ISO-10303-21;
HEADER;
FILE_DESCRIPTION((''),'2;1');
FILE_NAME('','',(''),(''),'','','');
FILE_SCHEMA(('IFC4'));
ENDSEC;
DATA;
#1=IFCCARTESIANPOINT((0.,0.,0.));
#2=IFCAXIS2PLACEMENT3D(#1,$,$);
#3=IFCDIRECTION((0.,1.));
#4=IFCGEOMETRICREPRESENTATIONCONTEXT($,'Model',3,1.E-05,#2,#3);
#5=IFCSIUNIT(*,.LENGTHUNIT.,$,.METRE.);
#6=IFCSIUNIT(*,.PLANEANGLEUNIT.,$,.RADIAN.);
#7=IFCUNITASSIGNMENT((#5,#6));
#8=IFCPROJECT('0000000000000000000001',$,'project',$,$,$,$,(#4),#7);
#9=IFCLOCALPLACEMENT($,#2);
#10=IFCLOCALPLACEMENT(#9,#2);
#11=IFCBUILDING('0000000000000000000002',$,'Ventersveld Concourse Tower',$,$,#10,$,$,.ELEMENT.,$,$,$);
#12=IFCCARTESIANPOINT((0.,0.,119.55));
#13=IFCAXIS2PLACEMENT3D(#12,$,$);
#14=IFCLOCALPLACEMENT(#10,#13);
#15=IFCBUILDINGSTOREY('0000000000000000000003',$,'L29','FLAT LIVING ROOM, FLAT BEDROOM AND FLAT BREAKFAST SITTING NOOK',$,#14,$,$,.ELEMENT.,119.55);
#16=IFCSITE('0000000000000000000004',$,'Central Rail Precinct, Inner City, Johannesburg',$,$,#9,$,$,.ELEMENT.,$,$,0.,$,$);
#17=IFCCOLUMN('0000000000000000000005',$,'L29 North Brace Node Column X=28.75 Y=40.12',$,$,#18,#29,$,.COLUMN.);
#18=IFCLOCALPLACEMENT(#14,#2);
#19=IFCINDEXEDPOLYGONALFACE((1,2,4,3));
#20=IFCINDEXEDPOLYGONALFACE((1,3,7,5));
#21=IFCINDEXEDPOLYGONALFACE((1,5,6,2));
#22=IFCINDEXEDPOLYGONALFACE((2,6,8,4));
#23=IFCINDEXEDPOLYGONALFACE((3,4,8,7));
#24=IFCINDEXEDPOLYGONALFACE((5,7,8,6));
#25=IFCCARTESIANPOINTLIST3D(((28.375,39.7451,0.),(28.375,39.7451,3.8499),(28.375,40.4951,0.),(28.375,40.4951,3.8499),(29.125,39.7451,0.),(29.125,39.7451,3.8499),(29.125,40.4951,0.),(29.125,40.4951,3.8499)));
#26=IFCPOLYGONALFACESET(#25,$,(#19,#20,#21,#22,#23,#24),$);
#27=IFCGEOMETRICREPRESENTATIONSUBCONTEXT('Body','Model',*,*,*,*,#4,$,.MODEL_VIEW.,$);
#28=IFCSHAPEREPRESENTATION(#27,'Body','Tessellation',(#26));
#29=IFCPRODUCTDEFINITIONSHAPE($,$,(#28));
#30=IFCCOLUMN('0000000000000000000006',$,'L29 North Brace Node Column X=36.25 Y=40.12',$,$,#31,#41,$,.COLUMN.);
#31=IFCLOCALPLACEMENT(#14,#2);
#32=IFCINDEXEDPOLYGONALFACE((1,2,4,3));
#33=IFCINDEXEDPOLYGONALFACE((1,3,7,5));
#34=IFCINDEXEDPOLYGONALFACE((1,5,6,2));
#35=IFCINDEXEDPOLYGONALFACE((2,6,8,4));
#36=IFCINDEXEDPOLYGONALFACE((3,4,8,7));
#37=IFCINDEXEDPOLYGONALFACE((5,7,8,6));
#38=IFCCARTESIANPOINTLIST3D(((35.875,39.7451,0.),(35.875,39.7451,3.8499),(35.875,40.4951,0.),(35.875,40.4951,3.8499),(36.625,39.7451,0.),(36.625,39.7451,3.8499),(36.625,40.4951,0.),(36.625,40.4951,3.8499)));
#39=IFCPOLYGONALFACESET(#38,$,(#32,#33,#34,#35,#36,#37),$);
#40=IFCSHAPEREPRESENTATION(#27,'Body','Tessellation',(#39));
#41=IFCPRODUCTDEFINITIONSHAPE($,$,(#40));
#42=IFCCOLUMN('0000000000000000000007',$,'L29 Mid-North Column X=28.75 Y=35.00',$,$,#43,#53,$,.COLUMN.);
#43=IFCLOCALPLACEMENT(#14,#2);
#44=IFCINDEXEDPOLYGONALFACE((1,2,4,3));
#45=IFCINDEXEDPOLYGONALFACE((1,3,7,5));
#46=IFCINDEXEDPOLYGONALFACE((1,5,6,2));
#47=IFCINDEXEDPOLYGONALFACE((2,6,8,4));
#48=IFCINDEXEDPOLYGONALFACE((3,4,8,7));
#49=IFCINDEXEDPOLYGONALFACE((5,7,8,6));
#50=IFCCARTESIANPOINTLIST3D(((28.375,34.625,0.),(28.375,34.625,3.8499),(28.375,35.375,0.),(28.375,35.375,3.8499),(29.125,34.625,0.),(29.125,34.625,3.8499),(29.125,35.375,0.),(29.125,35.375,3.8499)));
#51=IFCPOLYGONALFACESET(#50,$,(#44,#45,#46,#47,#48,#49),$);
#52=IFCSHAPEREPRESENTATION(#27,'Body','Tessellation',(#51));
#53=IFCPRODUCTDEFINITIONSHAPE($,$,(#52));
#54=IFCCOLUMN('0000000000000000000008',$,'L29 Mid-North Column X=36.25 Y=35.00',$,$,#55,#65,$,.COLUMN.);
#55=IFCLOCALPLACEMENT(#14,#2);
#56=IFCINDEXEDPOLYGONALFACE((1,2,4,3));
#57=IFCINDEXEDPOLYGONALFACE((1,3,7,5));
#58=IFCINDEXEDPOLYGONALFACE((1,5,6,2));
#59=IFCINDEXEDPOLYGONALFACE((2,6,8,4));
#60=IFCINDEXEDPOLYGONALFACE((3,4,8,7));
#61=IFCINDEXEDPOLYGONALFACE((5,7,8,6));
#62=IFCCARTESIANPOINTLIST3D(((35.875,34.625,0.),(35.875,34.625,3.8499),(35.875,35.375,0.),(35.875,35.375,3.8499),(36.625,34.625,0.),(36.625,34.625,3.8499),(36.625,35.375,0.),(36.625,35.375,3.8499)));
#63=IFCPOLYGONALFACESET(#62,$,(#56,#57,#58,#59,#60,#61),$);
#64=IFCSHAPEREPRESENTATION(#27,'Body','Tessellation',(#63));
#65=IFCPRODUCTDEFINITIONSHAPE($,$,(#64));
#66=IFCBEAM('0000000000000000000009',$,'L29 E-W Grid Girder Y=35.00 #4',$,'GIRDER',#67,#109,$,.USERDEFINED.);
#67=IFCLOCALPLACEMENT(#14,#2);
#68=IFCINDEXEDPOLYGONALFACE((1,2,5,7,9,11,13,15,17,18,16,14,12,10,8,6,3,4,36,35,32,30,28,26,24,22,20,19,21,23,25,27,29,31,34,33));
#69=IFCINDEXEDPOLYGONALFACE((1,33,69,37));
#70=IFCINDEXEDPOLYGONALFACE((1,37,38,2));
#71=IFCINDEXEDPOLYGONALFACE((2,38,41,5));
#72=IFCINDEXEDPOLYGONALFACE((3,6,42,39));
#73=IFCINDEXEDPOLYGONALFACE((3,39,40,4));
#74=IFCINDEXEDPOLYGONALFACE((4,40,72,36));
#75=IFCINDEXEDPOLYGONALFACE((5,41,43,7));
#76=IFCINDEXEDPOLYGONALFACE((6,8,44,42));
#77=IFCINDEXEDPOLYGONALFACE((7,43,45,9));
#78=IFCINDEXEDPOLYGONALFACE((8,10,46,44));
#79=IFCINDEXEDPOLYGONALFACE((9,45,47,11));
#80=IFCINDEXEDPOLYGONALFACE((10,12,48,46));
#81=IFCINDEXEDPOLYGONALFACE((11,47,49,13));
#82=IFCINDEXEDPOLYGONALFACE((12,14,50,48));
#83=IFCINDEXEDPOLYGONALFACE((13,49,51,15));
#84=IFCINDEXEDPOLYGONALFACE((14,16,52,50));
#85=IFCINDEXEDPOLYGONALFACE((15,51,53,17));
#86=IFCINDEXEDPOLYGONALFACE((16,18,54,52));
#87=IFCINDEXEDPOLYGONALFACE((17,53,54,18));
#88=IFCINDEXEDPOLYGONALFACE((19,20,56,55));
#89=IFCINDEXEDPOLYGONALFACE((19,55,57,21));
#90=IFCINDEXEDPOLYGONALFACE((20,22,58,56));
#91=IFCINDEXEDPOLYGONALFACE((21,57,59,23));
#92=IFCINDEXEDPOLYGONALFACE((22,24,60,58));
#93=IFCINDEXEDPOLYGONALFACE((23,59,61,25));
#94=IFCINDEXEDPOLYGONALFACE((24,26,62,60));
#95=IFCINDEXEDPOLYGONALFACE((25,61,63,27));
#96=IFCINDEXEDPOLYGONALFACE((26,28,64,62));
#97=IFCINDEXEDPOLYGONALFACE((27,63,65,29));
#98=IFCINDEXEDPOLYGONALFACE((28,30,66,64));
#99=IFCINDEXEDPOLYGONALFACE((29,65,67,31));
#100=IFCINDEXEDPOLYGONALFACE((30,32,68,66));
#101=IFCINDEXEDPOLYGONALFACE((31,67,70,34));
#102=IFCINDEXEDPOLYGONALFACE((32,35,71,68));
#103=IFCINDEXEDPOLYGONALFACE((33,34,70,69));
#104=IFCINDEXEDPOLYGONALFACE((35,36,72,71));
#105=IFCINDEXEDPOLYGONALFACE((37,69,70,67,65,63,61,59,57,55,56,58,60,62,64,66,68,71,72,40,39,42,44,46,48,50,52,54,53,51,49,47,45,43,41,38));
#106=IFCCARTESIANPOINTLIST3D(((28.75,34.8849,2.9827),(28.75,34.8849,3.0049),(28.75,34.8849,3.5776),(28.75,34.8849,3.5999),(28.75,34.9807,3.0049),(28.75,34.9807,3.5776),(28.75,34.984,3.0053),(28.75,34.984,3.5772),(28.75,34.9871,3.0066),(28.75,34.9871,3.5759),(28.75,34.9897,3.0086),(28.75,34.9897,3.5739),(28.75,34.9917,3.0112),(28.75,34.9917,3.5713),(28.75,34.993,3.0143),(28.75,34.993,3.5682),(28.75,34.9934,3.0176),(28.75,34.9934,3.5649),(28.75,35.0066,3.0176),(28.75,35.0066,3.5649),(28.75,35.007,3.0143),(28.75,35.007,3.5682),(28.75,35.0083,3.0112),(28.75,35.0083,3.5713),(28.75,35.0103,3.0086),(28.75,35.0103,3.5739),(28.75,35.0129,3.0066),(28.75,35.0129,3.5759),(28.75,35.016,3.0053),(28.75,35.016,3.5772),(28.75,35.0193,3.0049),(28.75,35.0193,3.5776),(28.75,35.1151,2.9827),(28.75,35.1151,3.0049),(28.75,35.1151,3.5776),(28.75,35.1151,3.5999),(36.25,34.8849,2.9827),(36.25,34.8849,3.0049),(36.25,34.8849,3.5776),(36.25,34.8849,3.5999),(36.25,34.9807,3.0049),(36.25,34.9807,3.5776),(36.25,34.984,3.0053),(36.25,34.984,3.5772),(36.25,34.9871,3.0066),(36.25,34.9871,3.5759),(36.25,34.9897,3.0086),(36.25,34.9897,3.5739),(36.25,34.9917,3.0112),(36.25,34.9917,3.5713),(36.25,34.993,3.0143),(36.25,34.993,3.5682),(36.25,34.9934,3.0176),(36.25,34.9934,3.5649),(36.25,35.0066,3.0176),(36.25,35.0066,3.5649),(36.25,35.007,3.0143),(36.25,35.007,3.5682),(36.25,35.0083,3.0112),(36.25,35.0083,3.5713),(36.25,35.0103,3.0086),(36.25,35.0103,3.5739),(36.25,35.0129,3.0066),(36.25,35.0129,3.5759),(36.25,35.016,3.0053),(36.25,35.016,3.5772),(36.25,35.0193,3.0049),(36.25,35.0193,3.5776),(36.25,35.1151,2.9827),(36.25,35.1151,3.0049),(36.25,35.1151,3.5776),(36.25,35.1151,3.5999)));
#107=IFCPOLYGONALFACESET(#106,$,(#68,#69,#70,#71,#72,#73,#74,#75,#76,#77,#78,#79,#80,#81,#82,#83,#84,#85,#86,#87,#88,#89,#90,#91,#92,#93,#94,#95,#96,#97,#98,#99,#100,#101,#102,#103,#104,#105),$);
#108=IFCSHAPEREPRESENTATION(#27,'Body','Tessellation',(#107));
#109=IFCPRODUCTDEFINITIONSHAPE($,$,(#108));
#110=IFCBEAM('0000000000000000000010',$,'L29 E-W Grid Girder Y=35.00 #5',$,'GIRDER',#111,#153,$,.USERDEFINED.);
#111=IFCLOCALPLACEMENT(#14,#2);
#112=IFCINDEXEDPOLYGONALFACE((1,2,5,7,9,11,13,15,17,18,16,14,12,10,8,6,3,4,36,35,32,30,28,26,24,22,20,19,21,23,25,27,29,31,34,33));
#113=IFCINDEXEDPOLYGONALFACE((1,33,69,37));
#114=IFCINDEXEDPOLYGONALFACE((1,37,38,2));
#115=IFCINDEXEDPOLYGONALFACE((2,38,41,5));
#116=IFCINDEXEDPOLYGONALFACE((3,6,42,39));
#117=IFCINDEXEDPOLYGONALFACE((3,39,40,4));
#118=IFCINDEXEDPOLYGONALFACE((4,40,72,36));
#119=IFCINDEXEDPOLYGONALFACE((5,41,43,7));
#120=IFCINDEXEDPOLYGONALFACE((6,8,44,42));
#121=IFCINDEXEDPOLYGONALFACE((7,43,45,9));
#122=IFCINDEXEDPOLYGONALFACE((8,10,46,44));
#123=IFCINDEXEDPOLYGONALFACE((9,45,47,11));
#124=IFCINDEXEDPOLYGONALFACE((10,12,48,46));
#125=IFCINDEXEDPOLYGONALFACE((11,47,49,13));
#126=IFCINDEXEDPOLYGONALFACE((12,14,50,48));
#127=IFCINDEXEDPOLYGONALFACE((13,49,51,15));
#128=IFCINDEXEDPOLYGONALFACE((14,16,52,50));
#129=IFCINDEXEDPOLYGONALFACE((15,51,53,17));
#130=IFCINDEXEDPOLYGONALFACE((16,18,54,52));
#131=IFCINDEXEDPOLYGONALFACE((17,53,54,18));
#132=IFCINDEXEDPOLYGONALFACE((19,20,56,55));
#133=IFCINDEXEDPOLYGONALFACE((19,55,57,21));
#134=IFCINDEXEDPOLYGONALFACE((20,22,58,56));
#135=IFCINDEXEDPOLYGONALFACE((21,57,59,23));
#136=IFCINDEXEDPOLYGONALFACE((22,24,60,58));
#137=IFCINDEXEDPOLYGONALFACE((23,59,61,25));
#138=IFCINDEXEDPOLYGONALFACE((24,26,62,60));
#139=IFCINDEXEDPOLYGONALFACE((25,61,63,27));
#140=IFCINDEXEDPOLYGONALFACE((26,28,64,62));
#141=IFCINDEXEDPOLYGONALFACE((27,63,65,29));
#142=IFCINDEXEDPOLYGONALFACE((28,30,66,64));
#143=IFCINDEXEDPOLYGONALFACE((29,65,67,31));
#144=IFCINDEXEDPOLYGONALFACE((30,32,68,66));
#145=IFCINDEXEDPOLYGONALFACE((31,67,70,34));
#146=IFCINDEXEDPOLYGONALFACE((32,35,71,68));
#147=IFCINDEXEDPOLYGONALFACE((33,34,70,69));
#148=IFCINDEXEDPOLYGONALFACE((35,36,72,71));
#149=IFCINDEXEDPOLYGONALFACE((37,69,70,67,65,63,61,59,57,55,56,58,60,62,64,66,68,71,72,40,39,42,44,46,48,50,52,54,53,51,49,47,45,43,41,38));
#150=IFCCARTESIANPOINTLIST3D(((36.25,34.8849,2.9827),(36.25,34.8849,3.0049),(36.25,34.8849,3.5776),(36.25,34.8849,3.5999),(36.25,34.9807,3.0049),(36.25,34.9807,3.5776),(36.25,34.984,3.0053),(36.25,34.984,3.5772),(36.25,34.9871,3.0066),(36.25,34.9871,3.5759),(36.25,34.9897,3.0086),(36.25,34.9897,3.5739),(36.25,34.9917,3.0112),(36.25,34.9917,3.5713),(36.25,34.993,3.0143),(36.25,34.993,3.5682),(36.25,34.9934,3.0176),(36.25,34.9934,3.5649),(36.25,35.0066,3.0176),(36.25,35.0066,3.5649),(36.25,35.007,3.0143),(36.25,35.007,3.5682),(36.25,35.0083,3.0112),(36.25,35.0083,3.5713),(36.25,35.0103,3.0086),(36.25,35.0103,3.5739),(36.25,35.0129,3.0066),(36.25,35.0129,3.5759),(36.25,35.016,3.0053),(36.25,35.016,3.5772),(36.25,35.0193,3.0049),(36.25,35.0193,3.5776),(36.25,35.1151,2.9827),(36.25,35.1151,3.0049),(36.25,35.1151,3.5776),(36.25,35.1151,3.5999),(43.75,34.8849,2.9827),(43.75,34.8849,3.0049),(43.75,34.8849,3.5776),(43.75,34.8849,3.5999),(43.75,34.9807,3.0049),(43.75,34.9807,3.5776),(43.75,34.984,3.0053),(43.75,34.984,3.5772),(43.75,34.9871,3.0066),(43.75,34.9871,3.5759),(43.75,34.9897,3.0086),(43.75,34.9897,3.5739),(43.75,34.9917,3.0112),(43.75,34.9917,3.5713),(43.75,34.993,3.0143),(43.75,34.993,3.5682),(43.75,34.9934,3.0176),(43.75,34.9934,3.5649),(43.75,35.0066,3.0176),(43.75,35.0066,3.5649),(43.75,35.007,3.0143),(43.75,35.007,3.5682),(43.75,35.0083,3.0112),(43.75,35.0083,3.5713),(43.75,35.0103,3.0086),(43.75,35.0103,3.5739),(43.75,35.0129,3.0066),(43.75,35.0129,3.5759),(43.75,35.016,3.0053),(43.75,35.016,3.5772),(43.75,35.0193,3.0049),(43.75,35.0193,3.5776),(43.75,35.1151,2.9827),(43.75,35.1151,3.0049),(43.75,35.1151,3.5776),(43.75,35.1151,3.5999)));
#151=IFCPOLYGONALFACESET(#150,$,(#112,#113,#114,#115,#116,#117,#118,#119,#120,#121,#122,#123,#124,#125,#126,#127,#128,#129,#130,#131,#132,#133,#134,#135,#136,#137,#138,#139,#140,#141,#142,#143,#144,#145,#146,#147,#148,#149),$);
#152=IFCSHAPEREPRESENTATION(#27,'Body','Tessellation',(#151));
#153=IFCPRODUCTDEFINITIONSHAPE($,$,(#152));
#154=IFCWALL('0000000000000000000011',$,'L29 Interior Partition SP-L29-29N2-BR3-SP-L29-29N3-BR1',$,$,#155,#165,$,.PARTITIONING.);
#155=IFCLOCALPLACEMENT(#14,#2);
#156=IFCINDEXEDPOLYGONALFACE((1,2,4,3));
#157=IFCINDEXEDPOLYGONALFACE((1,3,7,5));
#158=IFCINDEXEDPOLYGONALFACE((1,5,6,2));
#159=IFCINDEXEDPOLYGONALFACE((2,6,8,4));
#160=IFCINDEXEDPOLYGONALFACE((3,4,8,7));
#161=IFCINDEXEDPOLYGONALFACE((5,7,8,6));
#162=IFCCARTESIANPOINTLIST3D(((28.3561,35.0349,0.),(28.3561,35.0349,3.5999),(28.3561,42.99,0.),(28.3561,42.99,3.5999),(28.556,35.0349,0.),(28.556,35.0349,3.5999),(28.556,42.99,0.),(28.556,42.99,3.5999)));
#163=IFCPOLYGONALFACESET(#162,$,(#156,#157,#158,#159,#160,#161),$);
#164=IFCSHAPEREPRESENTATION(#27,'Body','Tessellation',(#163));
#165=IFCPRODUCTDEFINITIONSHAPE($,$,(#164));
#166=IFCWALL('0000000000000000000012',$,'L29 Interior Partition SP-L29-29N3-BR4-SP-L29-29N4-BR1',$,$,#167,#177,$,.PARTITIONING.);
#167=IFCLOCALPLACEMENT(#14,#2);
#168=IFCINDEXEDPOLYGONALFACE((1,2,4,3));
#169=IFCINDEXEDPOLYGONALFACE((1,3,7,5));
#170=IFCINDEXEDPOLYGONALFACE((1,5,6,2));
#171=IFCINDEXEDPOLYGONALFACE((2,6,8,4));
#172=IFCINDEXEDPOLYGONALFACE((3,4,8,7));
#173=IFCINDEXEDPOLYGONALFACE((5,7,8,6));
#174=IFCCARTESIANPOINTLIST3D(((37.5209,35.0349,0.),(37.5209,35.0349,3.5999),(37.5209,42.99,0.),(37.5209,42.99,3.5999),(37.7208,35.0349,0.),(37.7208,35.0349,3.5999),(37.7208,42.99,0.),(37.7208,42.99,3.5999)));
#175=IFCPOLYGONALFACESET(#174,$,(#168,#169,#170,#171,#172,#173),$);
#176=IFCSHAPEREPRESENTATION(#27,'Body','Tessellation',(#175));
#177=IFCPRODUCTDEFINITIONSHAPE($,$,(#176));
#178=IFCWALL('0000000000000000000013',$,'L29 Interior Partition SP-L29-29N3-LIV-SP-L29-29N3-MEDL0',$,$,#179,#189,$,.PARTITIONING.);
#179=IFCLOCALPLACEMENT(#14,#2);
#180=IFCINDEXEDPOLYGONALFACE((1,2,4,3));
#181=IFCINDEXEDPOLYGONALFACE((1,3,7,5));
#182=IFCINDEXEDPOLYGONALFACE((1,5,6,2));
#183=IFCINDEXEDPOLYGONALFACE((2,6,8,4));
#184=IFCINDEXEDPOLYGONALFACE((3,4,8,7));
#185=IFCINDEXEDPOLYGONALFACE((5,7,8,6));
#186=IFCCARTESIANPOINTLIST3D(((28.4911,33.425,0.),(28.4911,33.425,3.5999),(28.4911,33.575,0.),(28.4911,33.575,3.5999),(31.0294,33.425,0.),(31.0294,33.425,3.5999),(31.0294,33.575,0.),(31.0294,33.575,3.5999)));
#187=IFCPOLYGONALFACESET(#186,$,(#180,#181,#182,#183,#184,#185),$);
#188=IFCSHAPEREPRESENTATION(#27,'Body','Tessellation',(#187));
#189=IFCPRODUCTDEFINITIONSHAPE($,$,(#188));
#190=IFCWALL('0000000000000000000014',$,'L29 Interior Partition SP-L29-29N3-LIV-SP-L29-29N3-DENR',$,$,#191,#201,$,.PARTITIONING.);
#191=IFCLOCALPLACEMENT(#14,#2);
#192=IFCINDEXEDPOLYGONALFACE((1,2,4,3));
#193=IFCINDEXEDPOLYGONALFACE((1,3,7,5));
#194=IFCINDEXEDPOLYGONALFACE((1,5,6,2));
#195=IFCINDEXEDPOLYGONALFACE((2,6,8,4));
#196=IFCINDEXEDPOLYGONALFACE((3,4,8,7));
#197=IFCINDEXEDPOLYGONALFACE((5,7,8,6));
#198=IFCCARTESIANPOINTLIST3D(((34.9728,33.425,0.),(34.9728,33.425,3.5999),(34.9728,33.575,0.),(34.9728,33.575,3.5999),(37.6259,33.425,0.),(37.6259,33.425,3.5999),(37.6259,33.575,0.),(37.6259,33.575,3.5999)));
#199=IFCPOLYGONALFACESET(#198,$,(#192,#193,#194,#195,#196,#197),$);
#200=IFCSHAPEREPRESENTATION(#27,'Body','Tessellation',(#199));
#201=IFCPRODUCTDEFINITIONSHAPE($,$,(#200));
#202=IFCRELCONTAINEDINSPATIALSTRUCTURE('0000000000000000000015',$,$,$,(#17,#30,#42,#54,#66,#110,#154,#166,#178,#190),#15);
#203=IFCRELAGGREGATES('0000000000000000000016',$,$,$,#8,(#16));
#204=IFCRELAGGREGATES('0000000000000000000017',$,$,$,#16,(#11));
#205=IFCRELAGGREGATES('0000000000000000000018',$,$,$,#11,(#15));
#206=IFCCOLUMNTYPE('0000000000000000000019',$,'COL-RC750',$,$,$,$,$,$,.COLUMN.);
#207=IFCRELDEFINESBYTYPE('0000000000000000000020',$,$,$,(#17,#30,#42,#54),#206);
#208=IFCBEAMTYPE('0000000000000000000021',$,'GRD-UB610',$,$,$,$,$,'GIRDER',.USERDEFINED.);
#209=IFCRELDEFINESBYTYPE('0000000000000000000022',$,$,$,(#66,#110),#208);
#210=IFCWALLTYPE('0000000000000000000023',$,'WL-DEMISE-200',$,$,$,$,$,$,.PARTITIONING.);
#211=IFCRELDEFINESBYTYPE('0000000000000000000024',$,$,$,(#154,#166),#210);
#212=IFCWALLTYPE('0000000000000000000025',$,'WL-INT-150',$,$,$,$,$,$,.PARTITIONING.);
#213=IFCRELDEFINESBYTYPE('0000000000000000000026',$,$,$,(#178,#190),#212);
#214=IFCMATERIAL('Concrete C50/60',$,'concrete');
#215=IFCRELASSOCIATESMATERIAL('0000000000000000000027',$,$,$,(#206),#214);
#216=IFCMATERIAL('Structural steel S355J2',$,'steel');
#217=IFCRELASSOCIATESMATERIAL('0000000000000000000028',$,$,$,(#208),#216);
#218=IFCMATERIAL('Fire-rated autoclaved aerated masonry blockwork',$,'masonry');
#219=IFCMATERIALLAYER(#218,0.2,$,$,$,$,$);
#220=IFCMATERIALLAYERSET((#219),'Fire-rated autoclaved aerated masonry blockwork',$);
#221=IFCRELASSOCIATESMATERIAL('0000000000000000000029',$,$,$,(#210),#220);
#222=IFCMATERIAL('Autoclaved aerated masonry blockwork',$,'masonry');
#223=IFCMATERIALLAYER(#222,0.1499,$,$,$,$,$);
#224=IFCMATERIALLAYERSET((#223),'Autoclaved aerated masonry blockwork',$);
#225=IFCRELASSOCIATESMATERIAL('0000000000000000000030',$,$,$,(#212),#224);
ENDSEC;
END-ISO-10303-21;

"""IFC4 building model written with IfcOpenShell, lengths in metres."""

from ifc_helpers import new_model, si_unit, direction, frame, frame_2d, origin, origin_2d, place, context, subcontext, project, spatial, rectangle, i_section, extrude, material, layer, layer_set, material_profile, profile_set, type_object, element, save


model = new_model("IFC4")

# Units and contexts
model_context = context("Model", 3, precision=1e-05, world=origin(), true_north=direction((0.0, 1.0)))
body_context = subcontext(model_context, "Body", "Model", "MODEL_VIEW")
ifc_project = project(units=[si_unit("LENGTHUNIT", "METRE"), si_unit("PLANEANGLEUNIT", "RADIAN")], contexts=[model_context])

# Site, building, storey
site_placement = place(None, origin())
site = spatial("IfcSite", under=ifc_project, at=site_placement, Name="Central Rail Precinct, Inner City, Johannesburg", CompositionType="ELEMENT", RefElevation=0.0)
building_placement = place(site_placement, origin())
building = spatial("IfcBuilding", under=site, at=building_placement, Name="Ventersveld Concourse Tower", CompositionType="ELEMENT")
storey_placement = place(building_placement, frame((0.0, 0.0, 119.55)))
storey = spatial("IfcBuildingStorey", under=building, at=storey_placement, Name="L29", Description="FLAT LIVING ROOM, FLAT BEDROOM AND FLAT BREAKFAST SITTING NOOK", CompositionType="ELEMENT", Elevation=119.55)

# Columns
ifc_material_1 = material(Name="Concrete C50/60", Category="concrete")
ifc_material_profile_1 = material_profile(ifc_material_1, rectangle(XDim=0.75, YDim=0.75, at=origin_2d()), Name="RC 750x750")
ifc_profile_set_1 = profile_set([ifc_material_profile_1], Name="Concrete C50/60")
column_type = type_object("IfcColumnType", Name="COL-RC750", PredefinedType="COLUMN", material=ifc_profile_set_1)
for number, where, z_axis, x_axis, name in (
    (1, (28.75, 40.1201, 0.0), (0.0, 0.0, 1.0), (1.0, 0.0, 0.0), "L29 North Brace Node Column X=28.75 Y=40.12"),
    (2, (36.25, 40.1201, 0.0), (0.0, 0.0, 1.0), (1.0, 0.0, 0.0), "L29 North Brace Node Column X=36.25 Y=40.12"),
    (3, (28.75, 35.0, 0.0), (0.0, 0.0, 1.0), (1.0, 0.0, 0.0), "L29 Mid-North Column X=28.75 Y=35.00"),
    (4, (36.25, 35.0, 0.0), (0.0, 0.0, 1.0), (1.0, 0.0, 0.0), "L29 Mid-North Column X=36.25 Y=35.00"),
):
    element("IfcColumn", number, at=place(storey_placement, frame(where, z_axis=z_axis, x_axis=x_axis)), inside=storey, type_object=column_type, Name=name, PredefinedType="COLUMN", context=body_context, shape_type="SweptSolid", body=[
        extrude(rectangle(XDim=0.75, YDim=0.75, at=origin_2d()), origin(), (0.0, 0.0, 1.0), 3.8499),
    ])

# Beams
ifc_material_2 = material(Name="Structural steel S355J2", Category="steel")
ifc_material_profile_2 = material_profile(ifc_material_2, i_section(OverallWidth=0.2302, OverallDepth=0.6172, WebThickness=0.0132, FlangeThickness=0.0222, FilletRadius=0.0127, at=origin_2d()), Name="UB 610x229x140")
ifc_profile_set_2 = profile_set([ifc_material_profile_2], Name="Structural steel S355J2")
beam_type = type_object("IfcBeamType", Name="GRD-UB610", ElementType="GIRDER", PredefinedType="USERDEFINED", material=ifc_profile_set_2)
for number, where, z_axis, x_axis, name in (
    (5, (28.75, 35.0, 3.2913), (1.0, 0.0, 0.0), (0.0, 1.0, 0.0), "L29 E-W Grid Girder Y=35.00 #4"),
    (6, (36.25, 35.0, 3.2913), (1.0, 0.0, 0.0), (0.0, 1.0, 0.0), "L29 E-W Grid Girder Y=35.00 #5"),
):
    element("IfcBeam", number, at=place(storey_placement, frame(where, z_axis=z_axis, x_axis=x_axis)), inside=storey, type_object=beam_type, Name=name, ObjectType="GIRDER", PredefinedType="USERDEFINED", context=body_context, shape_type="SweptSolid", body=[
        extrude(i_section(OverallWidth=0.2302, OverallDepth=0.6172, WebThickness=0.0132, FlangeThickness=0.0222, FilletRadius=0.0127, at=origin_2d()), origin(), (0.0, 0.0, 1.0), 7.5),
    ])

# Walls
ifc_material_3 = material(Name="Fire-rated autoclaved aerated masonry blockwork", Category="masonry")
ifc_layer_1 = layer(ifc_material_3, 0.2)
ifc_layer_set_1 = layer_set([ifc_layer_1], Name="Fire-rated autoclaved aerated masonry blockwork")
wall_type_1 = type_object("IfcWallType", Name="WL-DEMISE-200", PredefinedType="PARTITIONING", material=ifc_layer_set_1)
for number, where, z_axis, x_axis, name in (
    (7, (28.4561, 35.0349, 0.0), (0.0, 0.0, 1.0), (0.0, 1.0, 0.0), "L29 Interior Partition SP-L29-29N2-BR3-SP-L29-29N3-BR1"),
    (8, (37.6208, 35.0349, 0.0), (0.0, 0.0, 1.0), (0.0, 1.0, 0.0), "L29 Interior Partition SP-L29-29N3-BR4-SP-L29-29N4-BR1"),
):
    element("IfcWall", number, at=place(storey_placement, frame(where, z_axis=z_axis, x_axis=x_axis)), inside=storey, type_object=wall_type_1, Name=name, PredefinedType="PARTITIONING", context=body_context, shape_type="SweptSolid", body=[
        extrude(rectangle(XDim=7.9551, YDim=0.2, at=frame_2d((3.9775, 0.0))), origin(), (0.0, 0.0, 1.0), 3.5999),
    ])
ifc_material_4 = material(Name="Autoclaved aerated masonry blockwork", Category="masonry")
ifc_layer_2 = layer(ifc_material_4, 0.1499)
ifc_layer_set_2 = layer_set([ifc_layer_2], Name="Autoclaved aerated masonry blockwork")
wall_type_2 = type_object("IfcWallType", Name="WL-INT-150", PredefinedType="PARTITIONING", material=ifc_layer_set_2)
wall_1_placement = place(storey_placement, frame((28.4912, 33.5, 0.0), z_axis=(0.0, 0.0, 1.0), x_axis=(1.0, 0.0, 0.0)))
element("IfcWall", 9, at=wall_1_placement, inside=storey, type_object=wall_type_2, Name="L29 Interior Partition SP-L29-29N3-LIV-SP-L29-29N3-MEDL0", PredefinedType="PARTITIONING", context=body_context, shape_type="SweptSolid", body=[
    extrude(rectangle(XDim=2.5383, YDim=0.1499, at=frame_2d((1.269, 0.0))), origin(), (0.0, 0.0, 1.0), 3.5999),
])
wall_2_placement = place(storey_placement, frame((34.9727, 33.5, 0.0), z_axis=(0.0, 0.0, 1.0), x_axis=(1.0, 0.0, 0.0)))
element("IfcWall", 10, at=wall_2_placement, inside=storey, type_object=wall_type_2, Name="L29 Interior Partition SP-L29-29N3-LIV-SP-L29-29N3-DENR", PredefinedType="PARTITIONING", context=body_context, shape_type="SweptSolid", body=[
    extrude(rectangle(XDim=2.6531, YDim=0.1499, at=frame_2d((1.3267, 0.0))), origin(), (0.0, 0.0, 1.0), 3.5999),
])

save(model, "model.ifc")
